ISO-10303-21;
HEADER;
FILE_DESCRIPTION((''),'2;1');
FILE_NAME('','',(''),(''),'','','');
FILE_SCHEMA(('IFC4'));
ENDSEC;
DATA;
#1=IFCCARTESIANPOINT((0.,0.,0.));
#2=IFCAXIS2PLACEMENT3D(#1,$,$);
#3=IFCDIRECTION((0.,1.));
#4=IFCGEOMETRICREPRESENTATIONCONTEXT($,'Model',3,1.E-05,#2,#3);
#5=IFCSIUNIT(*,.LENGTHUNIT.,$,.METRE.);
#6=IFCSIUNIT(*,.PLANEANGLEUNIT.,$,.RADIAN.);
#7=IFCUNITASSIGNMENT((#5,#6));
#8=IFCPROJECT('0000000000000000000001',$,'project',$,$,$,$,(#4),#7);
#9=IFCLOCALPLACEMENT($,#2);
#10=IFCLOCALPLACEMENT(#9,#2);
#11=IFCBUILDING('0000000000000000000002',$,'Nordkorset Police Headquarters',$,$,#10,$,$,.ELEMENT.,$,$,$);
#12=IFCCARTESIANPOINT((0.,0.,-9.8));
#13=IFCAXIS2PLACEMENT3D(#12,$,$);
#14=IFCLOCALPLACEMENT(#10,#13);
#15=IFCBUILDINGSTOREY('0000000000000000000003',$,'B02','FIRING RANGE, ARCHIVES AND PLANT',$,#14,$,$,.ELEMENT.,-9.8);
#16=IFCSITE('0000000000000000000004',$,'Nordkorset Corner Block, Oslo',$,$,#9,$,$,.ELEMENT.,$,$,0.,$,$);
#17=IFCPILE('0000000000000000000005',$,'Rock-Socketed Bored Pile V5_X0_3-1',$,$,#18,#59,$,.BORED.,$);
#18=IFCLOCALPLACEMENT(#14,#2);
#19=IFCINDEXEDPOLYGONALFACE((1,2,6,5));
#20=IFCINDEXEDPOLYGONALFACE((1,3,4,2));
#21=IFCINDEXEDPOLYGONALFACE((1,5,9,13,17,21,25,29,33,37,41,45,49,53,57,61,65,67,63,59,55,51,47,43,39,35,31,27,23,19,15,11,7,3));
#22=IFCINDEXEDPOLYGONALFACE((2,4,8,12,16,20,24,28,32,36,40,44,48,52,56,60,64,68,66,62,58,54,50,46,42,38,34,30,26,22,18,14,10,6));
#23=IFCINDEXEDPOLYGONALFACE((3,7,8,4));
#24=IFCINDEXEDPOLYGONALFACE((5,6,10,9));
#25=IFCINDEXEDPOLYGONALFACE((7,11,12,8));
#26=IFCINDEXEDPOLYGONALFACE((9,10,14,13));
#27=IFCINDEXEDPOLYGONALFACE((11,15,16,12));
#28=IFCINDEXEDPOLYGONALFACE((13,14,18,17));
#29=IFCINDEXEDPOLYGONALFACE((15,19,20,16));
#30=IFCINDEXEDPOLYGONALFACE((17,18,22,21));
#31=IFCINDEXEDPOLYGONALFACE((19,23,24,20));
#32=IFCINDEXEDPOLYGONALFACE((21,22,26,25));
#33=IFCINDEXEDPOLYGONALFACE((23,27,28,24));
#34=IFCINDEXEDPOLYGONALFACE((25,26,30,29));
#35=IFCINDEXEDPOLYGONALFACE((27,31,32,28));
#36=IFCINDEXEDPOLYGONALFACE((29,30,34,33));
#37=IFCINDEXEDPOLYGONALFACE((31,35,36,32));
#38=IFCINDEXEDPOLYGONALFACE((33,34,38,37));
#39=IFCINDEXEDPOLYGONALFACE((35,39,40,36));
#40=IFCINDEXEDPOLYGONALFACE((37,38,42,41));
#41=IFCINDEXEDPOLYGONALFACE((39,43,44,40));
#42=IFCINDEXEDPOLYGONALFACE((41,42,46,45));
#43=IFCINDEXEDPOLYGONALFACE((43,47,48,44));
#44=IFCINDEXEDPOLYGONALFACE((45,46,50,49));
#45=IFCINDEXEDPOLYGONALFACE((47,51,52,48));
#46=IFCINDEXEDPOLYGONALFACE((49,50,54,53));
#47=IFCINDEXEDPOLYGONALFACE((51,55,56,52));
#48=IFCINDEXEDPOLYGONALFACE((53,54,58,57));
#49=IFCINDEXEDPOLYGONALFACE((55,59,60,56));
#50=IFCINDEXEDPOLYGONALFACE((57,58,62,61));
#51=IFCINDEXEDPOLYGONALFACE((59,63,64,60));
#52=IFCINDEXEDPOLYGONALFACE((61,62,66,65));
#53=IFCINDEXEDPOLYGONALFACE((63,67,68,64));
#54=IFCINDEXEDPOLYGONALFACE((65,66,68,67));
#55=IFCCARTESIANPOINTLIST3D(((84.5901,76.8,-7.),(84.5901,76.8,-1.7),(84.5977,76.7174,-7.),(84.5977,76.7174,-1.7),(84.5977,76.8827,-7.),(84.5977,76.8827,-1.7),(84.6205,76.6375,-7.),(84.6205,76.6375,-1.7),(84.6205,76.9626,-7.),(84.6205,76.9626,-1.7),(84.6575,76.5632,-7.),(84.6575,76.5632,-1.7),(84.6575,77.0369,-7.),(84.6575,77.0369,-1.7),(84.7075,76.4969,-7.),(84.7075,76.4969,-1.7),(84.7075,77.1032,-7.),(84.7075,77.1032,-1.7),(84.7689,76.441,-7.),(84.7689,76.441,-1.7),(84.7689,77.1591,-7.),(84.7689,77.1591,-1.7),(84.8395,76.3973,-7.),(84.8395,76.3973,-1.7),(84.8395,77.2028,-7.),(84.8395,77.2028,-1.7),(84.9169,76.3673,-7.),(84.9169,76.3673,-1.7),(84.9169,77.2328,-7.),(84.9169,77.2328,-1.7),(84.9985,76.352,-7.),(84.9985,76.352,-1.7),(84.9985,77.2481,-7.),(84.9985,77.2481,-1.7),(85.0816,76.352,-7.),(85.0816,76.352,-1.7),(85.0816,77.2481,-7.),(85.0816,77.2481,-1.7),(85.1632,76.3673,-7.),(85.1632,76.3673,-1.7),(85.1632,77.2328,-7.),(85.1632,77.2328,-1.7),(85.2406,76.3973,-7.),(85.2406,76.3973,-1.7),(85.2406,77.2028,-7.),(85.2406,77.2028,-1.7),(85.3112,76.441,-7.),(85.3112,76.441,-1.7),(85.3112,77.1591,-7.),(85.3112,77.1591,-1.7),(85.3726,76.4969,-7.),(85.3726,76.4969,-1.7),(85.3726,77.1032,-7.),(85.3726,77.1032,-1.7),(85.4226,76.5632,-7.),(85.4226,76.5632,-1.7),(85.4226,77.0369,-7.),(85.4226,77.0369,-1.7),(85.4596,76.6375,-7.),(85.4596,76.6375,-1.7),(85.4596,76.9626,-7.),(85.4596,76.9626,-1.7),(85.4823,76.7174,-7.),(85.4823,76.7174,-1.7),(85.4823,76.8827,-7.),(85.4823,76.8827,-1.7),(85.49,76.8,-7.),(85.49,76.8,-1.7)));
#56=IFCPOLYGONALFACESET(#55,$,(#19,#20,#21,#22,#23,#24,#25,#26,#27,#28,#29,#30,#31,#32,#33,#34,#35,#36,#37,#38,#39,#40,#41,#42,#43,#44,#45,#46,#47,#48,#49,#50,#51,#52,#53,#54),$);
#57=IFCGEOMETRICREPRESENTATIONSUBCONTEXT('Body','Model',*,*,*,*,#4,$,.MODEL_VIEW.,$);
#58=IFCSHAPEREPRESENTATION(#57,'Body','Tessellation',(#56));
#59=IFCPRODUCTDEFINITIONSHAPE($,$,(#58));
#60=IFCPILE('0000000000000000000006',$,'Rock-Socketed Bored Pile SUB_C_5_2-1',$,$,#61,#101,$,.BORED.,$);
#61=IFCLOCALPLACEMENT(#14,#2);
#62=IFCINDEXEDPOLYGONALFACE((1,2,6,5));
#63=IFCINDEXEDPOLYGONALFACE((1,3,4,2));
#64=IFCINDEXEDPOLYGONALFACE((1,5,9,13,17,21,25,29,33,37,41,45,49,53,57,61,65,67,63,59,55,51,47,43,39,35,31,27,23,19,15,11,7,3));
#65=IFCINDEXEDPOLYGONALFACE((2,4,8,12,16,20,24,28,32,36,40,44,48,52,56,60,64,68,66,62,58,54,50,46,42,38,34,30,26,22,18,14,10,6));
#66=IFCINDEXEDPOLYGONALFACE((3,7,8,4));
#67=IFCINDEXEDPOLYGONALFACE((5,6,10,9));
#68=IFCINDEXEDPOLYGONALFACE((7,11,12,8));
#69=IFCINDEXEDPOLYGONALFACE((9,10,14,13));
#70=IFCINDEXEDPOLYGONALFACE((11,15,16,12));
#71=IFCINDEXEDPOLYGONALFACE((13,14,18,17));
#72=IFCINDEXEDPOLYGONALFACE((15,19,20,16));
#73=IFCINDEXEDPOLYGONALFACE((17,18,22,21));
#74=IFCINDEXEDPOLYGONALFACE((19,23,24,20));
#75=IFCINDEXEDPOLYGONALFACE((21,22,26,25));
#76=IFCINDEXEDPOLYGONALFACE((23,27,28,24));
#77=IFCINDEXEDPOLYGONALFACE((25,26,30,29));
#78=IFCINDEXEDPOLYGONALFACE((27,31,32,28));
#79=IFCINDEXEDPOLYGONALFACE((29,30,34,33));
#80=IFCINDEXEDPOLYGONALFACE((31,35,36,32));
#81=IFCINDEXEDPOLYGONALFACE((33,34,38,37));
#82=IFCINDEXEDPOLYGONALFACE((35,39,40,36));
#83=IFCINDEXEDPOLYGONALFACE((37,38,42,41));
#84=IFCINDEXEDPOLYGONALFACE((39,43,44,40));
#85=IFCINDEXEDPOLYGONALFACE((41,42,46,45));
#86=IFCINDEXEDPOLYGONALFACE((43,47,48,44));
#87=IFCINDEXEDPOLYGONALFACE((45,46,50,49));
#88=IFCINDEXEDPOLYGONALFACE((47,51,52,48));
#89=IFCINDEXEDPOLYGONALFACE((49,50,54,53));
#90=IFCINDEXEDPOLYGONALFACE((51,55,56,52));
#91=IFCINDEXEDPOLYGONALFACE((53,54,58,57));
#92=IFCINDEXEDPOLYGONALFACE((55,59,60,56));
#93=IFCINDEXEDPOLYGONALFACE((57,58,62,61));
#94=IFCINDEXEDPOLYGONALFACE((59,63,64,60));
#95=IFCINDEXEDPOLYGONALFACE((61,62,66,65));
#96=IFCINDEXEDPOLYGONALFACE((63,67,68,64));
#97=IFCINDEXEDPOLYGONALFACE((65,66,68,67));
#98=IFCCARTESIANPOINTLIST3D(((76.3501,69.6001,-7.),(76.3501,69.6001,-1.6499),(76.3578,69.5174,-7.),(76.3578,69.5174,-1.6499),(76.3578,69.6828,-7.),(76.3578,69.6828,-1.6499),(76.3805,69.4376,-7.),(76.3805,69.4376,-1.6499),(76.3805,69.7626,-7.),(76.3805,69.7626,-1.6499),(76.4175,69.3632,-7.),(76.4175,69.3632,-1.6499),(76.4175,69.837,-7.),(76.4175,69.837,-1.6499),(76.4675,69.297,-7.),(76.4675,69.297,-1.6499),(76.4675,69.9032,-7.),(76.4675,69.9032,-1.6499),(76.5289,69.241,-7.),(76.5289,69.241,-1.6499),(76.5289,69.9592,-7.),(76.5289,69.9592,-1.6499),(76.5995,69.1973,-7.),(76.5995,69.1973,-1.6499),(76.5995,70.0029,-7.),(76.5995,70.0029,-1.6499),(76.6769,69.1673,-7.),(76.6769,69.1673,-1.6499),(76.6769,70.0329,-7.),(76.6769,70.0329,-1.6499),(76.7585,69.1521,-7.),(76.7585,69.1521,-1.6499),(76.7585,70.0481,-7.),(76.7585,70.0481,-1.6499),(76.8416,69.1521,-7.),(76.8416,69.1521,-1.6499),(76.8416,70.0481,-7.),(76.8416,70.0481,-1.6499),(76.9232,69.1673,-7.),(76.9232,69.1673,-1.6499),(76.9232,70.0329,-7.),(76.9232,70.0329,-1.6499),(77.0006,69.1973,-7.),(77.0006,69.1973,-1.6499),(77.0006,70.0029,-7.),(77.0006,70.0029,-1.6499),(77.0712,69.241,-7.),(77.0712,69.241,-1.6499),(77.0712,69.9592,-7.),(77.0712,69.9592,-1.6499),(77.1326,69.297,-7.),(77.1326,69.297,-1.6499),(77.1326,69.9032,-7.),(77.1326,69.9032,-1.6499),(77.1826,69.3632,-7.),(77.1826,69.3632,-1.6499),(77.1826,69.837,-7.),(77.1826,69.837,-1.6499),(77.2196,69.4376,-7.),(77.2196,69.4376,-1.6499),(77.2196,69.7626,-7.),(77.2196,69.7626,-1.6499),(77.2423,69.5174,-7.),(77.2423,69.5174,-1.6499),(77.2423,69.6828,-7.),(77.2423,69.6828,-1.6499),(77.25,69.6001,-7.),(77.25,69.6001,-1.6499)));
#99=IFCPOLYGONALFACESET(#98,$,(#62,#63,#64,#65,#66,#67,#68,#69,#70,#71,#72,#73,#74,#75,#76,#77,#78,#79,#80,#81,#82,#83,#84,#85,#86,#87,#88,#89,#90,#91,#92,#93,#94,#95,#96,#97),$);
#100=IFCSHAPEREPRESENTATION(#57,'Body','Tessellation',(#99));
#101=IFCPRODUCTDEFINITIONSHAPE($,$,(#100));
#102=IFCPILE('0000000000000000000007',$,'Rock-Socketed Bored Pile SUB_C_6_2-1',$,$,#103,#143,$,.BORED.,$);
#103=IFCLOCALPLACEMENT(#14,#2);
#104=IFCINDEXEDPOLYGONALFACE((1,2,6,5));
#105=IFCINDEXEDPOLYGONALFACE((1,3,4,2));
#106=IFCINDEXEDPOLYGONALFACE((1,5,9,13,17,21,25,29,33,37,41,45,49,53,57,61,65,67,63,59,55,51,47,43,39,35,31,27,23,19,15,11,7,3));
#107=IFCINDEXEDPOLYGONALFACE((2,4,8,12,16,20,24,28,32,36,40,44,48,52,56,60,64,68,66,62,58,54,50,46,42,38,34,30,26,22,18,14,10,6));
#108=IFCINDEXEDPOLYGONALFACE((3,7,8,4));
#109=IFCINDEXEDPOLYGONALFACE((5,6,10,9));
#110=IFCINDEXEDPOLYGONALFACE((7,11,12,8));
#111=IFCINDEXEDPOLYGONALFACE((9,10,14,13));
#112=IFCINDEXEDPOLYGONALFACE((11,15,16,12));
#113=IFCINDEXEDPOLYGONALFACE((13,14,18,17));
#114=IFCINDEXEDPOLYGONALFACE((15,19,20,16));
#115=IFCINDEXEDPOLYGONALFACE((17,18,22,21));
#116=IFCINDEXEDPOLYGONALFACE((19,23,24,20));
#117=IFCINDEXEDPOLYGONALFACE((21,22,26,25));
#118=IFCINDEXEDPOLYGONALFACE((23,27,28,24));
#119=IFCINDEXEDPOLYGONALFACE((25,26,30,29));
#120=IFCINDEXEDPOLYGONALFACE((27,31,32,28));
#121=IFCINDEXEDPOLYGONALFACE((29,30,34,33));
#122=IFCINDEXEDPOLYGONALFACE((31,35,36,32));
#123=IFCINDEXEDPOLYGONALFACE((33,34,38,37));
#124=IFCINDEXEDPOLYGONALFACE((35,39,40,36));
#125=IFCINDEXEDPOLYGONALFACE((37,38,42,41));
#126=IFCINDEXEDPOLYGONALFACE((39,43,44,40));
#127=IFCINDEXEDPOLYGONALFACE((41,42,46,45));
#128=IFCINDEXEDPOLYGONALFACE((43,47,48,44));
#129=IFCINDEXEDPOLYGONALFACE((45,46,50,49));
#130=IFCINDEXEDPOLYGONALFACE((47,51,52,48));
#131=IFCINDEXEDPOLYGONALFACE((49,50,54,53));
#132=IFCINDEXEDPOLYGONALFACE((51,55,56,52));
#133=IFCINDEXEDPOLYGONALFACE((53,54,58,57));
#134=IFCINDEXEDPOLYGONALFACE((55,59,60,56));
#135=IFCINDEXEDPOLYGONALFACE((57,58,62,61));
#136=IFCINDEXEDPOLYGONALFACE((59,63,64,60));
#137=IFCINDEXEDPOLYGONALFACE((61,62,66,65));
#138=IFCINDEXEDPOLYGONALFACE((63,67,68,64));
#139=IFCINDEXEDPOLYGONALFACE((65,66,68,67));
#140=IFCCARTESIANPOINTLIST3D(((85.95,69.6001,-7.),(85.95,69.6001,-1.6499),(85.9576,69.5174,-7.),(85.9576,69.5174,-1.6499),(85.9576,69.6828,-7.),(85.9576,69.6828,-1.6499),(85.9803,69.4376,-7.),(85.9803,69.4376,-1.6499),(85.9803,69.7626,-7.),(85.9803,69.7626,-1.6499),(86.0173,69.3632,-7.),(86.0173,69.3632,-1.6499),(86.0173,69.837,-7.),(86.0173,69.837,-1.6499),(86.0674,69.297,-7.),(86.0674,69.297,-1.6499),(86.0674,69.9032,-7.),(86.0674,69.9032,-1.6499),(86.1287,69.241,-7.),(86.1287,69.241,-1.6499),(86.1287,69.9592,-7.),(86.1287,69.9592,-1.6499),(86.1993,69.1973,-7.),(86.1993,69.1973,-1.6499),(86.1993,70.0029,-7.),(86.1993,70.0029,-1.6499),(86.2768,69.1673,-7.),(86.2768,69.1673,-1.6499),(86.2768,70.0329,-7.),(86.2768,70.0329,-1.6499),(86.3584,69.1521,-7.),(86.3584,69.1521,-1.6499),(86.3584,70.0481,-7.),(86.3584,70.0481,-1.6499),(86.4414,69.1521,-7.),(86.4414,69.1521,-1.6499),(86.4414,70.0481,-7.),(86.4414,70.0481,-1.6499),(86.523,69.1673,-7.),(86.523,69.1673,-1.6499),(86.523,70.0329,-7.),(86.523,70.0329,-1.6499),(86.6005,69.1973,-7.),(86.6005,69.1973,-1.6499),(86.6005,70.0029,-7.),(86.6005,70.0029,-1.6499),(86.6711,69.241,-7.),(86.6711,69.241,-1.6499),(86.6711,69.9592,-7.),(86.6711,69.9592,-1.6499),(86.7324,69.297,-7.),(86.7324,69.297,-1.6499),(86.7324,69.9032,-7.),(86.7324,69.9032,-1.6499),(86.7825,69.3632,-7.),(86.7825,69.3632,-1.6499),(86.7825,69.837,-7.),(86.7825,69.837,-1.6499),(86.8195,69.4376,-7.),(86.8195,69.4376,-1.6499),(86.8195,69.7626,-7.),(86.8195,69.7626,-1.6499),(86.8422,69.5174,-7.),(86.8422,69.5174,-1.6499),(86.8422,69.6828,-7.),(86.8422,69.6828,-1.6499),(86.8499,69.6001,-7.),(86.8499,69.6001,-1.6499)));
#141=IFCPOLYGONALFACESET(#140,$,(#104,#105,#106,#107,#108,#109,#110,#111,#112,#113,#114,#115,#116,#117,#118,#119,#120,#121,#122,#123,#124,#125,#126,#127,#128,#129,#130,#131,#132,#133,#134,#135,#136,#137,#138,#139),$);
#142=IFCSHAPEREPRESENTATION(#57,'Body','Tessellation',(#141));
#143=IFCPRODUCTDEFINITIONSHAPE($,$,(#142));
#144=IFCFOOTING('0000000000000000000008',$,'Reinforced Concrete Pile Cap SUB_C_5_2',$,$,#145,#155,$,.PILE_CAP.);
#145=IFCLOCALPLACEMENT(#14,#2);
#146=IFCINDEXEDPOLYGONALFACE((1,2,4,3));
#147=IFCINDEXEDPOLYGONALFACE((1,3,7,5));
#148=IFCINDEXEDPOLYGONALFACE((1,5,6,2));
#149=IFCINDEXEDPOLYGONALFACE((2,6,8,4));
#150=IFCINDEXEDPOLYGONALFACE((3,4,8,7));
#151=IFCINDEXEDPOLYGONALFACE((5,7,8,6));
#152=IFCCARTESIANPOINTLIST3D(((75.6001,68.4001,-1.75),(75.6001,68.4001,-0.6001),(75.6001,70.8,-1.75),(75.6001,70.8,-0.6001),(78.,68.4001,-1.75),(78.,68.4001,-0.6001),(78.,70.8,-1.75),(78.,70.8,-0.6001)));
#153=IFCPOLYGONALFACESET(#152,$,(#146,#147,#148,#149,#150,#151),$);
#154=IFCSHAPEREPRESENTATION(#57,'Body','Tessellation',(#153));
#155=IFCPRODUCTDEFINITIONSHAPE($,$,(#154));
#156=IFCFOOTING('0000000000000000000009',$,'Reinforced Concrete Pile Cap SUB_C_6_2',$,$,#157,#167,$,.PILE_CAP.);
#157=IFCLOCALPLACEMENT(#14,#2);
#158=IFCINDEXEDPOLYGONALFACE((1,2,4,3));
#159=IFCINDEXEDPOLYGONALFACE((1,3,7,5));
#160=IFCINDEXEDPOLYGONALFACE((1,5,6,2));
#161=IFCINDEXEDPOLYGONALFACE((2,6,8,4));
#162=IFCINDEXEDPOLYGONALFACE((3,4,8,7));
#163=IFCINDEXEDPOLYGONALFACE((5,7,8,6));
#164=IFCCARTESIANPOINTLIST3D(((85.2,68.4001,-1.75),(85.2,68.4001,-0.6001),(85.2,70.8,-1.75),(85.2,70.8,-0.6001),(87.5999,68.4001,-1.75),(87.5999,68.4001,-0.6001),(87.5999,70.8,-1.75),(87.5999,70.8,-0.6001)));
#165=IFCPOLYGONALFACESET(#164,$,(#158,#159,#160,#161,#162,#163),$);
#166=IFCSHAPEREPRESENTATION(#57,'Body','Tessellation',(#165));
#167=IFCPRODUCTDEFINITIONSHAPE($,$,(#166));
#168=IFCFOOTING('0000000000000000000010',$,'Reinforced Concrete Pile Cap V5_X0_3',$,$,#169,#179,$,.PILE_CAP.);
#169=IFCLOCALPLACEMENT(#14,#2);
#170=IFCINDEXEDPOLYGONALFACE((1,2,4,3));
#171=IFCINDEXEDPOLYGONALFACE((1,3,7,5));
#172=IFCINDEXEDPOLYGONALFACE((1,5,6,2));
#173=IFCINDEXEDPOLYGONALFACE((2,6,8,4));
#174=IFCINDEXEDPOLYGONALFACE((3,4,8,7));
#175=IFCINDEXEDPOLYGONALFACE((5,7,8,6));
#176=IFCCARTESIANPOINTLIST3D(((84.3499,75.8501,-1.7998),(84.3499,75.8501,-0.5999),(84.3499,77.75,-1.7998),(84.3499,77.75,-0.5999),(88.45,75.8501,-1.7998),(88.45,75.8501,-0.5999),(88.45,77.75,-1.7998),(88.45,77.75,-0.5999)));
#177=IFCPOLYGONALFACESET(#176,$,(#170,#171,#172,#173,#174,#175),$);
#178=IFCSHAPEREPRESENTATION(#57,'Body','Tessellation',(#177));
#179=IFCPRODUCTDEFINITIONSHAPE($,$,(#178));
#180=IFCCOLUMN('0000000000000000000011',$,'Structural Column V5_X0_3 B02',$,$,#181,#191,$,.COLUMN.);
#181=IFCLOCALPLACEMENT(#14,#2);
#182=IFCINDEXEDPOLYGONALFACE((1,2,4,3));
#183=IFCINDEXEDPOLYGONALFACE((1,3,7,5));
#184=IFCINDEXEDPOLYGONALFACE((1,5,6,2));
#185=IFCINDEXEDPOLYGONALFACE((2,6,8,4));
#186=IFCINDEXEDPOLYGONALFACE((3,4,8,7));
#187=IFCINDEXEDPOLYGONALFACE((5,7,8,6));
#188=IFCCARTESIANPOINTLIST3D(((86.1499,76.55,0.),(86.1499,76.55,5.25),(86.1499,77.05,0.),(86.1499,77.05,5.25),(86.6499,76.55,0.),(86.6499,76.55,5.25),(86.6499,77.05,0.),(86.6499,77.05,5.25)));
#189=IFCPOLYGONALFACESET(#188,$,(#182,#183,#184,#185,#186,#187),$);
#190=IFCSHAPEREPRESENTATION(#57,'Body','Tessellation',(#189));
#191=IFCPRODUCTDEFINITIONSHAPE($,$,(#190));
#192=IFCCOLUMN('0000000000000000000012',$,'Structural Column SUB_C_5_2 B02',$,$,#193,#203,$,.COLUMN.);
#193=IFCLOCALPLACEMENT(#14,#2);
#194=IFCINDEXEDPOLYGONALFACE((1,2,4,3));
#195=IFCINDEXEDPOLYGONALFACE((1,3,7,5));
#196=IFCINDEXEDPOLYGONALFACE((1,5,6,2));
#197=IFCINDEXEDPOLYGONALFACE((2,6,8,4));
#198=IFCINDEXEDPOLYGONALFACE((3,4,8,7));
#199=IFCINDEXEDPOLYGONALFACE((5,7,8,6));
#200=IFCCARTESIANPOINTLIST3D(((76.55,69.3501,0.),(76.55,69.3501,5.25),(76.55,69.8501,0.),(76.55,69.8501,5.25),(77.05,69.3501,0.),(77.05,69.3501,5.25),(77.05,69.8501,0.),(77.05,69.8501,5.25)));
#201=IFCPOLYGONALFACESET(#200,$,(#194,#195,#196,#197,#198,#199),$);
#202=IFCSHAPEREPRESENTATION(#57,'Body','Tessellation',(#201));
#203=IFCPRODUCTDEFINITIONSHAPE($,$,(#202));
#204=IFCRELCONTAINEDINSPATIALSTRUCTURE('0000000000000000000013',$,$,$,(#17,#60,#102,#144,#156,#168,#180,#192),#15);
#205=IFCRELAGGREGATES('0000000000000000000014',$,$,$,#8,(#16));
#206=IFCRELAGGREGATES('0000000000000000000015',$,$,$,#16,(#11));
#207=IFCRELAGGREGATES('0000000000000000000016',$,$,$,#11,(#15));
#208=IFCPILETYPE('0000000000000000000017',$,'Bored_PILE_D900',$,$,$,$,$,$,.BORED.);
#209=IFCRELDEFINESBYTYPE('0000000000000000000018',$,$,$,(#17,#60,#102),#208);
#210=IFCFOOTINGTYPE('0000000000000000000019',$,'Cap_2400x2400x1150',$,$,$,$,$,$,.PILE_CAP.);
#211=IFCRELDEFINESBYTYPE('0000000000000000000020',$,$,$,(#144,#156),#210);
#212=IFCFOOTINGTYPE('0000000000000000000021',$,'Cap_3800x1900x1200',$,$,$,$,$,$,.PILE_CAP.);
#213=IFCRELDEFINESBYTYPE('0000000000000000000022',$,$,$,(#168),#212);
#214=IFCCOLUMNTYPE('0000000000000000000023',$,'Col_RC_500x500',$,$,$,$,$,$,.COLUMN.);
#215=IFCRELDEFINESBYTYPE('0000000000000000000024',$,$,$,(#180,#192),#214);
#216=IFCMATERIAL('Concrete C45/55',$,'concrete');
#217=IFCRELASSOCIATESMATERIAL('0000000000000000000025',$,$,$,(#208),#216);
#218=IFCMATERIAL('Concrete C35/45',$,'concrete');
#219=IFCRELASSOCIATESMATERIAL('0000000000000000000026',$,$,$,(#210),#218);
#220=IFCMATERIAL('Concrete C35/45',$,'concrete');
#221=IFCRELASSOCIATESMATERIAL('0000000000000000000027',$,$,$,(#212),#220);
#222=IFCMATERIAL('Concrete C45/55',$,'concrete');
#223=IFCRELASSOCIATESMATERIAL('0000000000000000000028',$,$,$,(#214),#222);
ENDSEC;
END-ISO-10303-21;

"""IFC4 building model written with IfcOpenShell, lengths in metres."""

from ifc_helpers import new_model, si_unit, direction, frame, origin, origin_2d, place, context, subcontext, project, spatial, rectangle, circle, extrude, material, material_profile, profile_set, type_object, element, save


model = new_model("IFC4")

# Units and contexts
model_context = context("Model", 3, precision=1e-05, world=origin(), true_north=direction((0.0, 1.0)))
body_context = subcontext(model_context, "Body", "Model", "MODEL_VIEW")
ifc_project = project(units=[si_unit("LENGTHUNIT", "METRE"), si_unit("PLANEANGLEUNIT", "RADIAN")], contexts=[model_context])

# Site, building, storey
site_placement = place(None, origin())
site = spatial("IfcSite", under=ifc_project, at=site_placement, Name="Nordkorset Corner Block, Oslo", CompositionType="ELEMENT", RefElevation=0.0)
building_placement = place(site_placement, origin())
building = spatial("IfcBuilding", under=site, at=building_placement, Name="Nordkorset Police Headquarters", CompositionType="ELEMENT")
storey_placement = place(building_placement, frame((0.0, 0.0, -9.8)))
storey = spatial("IfcBuildingStorey", under=building, at=storey_placement, Name="B02", Description="FIRING RANGE, ARCHIVES AND PLANT", CompositionType="ELEMENT", Elevation=-9.8)

# Piles
ifc_material_1 = material(Name="Concrete C45/55", Category="concrete")
ifc_material_profile_1 = material_profile(ifc_material_1, circle(Radius=0.45, at=origin_2d()), Name="PILE D900")
ifc_profile_set_1 = profile_set([ifc_material_profile_1], Name="Concrete C45/55")
pile_type = type_object("IfcPileType", Name="Bored_PILE_D900", PredefinedType="BORED", material=ifc_profile_set_1)
pile_placement = place(storey_placement, frame((85.04, 76.8, -1.7), z_axis=(0.0, 0.0, -1.0), x_axis=(1.0, 0.0, 0.0)))
element("IfcPile", 1, at=pile_placement, inside=storey, type_object=pile_type, Name="Rock-Socketed Bored Pile V5_X0_3-1", PredefinedType="BORED", context=body_context, shape_type="SweptSolid", body=[
    extrude(circle(Radius=0.45, at=origin_2d()), origin(), (0.0, 0.0, 1.0), 5.3),
])
for number, where, z_axis, x_axis, name in (
    (2, (76.8, 69.6001, -1.6499), (0.0, 0.0, -1.0), (1.0, 0.0, 0.0), "Rock-Socketed Bored Pile SUB_C_5_2-1"),
    (3, (86.3999, 69.6001, -1.6499), (0.0, 0.0, -1.0), (1.0, 0.0, 0.0), "Rock-Socketed Bored Pile SUB_C_6_2-1"),
):
    element("IfcPile", number, at=place(storey_placement, frame(where, z_axis=z_axis, x_axis=x_axis)), inside=storey, type_object=pile_type, Name=name, PredefinedType="BORED", context=body_context, shape_type="SweptSolid", body=[
        extrude(circle(Radius=0.45, at=origin_2d()), origin(), (0.0, 0.0, 1.0), 5.3501),
    ])

# Footings
ifc_material_2 = material(Name="Concrete C35/45", Category="concrete")
footing_type_1 = type_object("IfcFootingType", Name="Cap_2400x2400x1150", PredefinedType="PILE_CAP", material=ifc_material_2)
for number, where, z_axis, x_axis, name in (
    (4, (76.8, 69.6001, -1.75), (0.0, 0.0, 1.0), (1.0, 0.0, 0.0), "Reinforced Concrete Pile Cap SUB_C_5_2"),
    (5, (86.3999, 69.6001, -1.75), (0.0, 0.0, 1.0), (1.0, 0.0, 0.0), "Reinforced Concrete Pile Cap SUB_C_6_2"),
):
    element("IfcFooting", number, at=place(storey_placement, frame(where, z_axis=z_axis, x_axis=x_axis)), inside=storey, type_object=footing_type_1, Name=name, PredefinedType="PILE_CAP", context=body_context, shape_type="SweptSolid", body=[
        extrude(rectangle(XDim=2.3999, YDim=2.3999, at=origin_2d()), origin(), (0.0, 0.0, 1.0), 1.1499),
    ])
ifc_material_3 = material(Name="Concrete C35/45", Category="concrete")
footing_type_2 = type_object("IfcFootingType", Name="Cap_3800x1900x1200", PredefinedType="PILE_CAP", material=ifc_material_3)
footing_placement = place(storey_placement, frame((86.3999, 76.8, -1.7998), z_axis=(0.0, 0.0, 1.0), x_axis=(1.0, 0.0, 0.0)))
element("IfcFooting", 6, at=footing_placement, inside=storey, type_object=footing_type_2, Name="Reinforced Concrete Pile Cap V5_X0_3", PredefinedType="PILE_CAP", context=body_context, shape_type="SweptSolid", body=[
    extrude(rectangle(XDim=4.1001, YDim=1.8999, at=origin_2d()), origin(), (0.0, 0.0, 1.0), 1.2),
])

# Columns
ifc_material_4 = material(Name="Concrete C45/55", Category="concrete")
ifc_material_profile_2 = material_profile(ifc_material_4, rectangle(XDim=0.5, YDim=0.5, at=origin_2d()), Name="RC 500x500")
ifc_profile_set_2 = profile_set([ifc_material_profile_2], Name="Concrete C45/55")
column_type_1 = type_object("IfcColumnType", Name="Col_RC_500x500", PredefinedType="COLUMN", material=ifc_profile_set_2)
for number, where, z_axis, x_axis, name in (
    (7, (86.3999, 76.8, 0.0), (0.0, 0.0, 1.0), (1.0, 0.0, 0.0), "Structural Column V5_X0_3 B02"),
    (8, (76.8, 69.6001, 0.0), (0.0, 0.0, 1.0), (1.0, 0.0, 0.0), "Structural Column SUB_C_5_2 B02"),
):
    element("IfcColumn", number, at=place(storey_placement, frame(where, z_axis=z_axis, x_axis=x_axis)), inside=storey, type_object=column_type_1, Name=name, PredefinedType="COLUMN", context=body_context, shape_type="SweptSolid", body=[
        extrude(rectangle(XDim=0.5, YDim=0.5, at=origin_2d()), origin(), (0.0, 0.0, 1.0), 5.25),
    ])

save(model, "model.ifc")
